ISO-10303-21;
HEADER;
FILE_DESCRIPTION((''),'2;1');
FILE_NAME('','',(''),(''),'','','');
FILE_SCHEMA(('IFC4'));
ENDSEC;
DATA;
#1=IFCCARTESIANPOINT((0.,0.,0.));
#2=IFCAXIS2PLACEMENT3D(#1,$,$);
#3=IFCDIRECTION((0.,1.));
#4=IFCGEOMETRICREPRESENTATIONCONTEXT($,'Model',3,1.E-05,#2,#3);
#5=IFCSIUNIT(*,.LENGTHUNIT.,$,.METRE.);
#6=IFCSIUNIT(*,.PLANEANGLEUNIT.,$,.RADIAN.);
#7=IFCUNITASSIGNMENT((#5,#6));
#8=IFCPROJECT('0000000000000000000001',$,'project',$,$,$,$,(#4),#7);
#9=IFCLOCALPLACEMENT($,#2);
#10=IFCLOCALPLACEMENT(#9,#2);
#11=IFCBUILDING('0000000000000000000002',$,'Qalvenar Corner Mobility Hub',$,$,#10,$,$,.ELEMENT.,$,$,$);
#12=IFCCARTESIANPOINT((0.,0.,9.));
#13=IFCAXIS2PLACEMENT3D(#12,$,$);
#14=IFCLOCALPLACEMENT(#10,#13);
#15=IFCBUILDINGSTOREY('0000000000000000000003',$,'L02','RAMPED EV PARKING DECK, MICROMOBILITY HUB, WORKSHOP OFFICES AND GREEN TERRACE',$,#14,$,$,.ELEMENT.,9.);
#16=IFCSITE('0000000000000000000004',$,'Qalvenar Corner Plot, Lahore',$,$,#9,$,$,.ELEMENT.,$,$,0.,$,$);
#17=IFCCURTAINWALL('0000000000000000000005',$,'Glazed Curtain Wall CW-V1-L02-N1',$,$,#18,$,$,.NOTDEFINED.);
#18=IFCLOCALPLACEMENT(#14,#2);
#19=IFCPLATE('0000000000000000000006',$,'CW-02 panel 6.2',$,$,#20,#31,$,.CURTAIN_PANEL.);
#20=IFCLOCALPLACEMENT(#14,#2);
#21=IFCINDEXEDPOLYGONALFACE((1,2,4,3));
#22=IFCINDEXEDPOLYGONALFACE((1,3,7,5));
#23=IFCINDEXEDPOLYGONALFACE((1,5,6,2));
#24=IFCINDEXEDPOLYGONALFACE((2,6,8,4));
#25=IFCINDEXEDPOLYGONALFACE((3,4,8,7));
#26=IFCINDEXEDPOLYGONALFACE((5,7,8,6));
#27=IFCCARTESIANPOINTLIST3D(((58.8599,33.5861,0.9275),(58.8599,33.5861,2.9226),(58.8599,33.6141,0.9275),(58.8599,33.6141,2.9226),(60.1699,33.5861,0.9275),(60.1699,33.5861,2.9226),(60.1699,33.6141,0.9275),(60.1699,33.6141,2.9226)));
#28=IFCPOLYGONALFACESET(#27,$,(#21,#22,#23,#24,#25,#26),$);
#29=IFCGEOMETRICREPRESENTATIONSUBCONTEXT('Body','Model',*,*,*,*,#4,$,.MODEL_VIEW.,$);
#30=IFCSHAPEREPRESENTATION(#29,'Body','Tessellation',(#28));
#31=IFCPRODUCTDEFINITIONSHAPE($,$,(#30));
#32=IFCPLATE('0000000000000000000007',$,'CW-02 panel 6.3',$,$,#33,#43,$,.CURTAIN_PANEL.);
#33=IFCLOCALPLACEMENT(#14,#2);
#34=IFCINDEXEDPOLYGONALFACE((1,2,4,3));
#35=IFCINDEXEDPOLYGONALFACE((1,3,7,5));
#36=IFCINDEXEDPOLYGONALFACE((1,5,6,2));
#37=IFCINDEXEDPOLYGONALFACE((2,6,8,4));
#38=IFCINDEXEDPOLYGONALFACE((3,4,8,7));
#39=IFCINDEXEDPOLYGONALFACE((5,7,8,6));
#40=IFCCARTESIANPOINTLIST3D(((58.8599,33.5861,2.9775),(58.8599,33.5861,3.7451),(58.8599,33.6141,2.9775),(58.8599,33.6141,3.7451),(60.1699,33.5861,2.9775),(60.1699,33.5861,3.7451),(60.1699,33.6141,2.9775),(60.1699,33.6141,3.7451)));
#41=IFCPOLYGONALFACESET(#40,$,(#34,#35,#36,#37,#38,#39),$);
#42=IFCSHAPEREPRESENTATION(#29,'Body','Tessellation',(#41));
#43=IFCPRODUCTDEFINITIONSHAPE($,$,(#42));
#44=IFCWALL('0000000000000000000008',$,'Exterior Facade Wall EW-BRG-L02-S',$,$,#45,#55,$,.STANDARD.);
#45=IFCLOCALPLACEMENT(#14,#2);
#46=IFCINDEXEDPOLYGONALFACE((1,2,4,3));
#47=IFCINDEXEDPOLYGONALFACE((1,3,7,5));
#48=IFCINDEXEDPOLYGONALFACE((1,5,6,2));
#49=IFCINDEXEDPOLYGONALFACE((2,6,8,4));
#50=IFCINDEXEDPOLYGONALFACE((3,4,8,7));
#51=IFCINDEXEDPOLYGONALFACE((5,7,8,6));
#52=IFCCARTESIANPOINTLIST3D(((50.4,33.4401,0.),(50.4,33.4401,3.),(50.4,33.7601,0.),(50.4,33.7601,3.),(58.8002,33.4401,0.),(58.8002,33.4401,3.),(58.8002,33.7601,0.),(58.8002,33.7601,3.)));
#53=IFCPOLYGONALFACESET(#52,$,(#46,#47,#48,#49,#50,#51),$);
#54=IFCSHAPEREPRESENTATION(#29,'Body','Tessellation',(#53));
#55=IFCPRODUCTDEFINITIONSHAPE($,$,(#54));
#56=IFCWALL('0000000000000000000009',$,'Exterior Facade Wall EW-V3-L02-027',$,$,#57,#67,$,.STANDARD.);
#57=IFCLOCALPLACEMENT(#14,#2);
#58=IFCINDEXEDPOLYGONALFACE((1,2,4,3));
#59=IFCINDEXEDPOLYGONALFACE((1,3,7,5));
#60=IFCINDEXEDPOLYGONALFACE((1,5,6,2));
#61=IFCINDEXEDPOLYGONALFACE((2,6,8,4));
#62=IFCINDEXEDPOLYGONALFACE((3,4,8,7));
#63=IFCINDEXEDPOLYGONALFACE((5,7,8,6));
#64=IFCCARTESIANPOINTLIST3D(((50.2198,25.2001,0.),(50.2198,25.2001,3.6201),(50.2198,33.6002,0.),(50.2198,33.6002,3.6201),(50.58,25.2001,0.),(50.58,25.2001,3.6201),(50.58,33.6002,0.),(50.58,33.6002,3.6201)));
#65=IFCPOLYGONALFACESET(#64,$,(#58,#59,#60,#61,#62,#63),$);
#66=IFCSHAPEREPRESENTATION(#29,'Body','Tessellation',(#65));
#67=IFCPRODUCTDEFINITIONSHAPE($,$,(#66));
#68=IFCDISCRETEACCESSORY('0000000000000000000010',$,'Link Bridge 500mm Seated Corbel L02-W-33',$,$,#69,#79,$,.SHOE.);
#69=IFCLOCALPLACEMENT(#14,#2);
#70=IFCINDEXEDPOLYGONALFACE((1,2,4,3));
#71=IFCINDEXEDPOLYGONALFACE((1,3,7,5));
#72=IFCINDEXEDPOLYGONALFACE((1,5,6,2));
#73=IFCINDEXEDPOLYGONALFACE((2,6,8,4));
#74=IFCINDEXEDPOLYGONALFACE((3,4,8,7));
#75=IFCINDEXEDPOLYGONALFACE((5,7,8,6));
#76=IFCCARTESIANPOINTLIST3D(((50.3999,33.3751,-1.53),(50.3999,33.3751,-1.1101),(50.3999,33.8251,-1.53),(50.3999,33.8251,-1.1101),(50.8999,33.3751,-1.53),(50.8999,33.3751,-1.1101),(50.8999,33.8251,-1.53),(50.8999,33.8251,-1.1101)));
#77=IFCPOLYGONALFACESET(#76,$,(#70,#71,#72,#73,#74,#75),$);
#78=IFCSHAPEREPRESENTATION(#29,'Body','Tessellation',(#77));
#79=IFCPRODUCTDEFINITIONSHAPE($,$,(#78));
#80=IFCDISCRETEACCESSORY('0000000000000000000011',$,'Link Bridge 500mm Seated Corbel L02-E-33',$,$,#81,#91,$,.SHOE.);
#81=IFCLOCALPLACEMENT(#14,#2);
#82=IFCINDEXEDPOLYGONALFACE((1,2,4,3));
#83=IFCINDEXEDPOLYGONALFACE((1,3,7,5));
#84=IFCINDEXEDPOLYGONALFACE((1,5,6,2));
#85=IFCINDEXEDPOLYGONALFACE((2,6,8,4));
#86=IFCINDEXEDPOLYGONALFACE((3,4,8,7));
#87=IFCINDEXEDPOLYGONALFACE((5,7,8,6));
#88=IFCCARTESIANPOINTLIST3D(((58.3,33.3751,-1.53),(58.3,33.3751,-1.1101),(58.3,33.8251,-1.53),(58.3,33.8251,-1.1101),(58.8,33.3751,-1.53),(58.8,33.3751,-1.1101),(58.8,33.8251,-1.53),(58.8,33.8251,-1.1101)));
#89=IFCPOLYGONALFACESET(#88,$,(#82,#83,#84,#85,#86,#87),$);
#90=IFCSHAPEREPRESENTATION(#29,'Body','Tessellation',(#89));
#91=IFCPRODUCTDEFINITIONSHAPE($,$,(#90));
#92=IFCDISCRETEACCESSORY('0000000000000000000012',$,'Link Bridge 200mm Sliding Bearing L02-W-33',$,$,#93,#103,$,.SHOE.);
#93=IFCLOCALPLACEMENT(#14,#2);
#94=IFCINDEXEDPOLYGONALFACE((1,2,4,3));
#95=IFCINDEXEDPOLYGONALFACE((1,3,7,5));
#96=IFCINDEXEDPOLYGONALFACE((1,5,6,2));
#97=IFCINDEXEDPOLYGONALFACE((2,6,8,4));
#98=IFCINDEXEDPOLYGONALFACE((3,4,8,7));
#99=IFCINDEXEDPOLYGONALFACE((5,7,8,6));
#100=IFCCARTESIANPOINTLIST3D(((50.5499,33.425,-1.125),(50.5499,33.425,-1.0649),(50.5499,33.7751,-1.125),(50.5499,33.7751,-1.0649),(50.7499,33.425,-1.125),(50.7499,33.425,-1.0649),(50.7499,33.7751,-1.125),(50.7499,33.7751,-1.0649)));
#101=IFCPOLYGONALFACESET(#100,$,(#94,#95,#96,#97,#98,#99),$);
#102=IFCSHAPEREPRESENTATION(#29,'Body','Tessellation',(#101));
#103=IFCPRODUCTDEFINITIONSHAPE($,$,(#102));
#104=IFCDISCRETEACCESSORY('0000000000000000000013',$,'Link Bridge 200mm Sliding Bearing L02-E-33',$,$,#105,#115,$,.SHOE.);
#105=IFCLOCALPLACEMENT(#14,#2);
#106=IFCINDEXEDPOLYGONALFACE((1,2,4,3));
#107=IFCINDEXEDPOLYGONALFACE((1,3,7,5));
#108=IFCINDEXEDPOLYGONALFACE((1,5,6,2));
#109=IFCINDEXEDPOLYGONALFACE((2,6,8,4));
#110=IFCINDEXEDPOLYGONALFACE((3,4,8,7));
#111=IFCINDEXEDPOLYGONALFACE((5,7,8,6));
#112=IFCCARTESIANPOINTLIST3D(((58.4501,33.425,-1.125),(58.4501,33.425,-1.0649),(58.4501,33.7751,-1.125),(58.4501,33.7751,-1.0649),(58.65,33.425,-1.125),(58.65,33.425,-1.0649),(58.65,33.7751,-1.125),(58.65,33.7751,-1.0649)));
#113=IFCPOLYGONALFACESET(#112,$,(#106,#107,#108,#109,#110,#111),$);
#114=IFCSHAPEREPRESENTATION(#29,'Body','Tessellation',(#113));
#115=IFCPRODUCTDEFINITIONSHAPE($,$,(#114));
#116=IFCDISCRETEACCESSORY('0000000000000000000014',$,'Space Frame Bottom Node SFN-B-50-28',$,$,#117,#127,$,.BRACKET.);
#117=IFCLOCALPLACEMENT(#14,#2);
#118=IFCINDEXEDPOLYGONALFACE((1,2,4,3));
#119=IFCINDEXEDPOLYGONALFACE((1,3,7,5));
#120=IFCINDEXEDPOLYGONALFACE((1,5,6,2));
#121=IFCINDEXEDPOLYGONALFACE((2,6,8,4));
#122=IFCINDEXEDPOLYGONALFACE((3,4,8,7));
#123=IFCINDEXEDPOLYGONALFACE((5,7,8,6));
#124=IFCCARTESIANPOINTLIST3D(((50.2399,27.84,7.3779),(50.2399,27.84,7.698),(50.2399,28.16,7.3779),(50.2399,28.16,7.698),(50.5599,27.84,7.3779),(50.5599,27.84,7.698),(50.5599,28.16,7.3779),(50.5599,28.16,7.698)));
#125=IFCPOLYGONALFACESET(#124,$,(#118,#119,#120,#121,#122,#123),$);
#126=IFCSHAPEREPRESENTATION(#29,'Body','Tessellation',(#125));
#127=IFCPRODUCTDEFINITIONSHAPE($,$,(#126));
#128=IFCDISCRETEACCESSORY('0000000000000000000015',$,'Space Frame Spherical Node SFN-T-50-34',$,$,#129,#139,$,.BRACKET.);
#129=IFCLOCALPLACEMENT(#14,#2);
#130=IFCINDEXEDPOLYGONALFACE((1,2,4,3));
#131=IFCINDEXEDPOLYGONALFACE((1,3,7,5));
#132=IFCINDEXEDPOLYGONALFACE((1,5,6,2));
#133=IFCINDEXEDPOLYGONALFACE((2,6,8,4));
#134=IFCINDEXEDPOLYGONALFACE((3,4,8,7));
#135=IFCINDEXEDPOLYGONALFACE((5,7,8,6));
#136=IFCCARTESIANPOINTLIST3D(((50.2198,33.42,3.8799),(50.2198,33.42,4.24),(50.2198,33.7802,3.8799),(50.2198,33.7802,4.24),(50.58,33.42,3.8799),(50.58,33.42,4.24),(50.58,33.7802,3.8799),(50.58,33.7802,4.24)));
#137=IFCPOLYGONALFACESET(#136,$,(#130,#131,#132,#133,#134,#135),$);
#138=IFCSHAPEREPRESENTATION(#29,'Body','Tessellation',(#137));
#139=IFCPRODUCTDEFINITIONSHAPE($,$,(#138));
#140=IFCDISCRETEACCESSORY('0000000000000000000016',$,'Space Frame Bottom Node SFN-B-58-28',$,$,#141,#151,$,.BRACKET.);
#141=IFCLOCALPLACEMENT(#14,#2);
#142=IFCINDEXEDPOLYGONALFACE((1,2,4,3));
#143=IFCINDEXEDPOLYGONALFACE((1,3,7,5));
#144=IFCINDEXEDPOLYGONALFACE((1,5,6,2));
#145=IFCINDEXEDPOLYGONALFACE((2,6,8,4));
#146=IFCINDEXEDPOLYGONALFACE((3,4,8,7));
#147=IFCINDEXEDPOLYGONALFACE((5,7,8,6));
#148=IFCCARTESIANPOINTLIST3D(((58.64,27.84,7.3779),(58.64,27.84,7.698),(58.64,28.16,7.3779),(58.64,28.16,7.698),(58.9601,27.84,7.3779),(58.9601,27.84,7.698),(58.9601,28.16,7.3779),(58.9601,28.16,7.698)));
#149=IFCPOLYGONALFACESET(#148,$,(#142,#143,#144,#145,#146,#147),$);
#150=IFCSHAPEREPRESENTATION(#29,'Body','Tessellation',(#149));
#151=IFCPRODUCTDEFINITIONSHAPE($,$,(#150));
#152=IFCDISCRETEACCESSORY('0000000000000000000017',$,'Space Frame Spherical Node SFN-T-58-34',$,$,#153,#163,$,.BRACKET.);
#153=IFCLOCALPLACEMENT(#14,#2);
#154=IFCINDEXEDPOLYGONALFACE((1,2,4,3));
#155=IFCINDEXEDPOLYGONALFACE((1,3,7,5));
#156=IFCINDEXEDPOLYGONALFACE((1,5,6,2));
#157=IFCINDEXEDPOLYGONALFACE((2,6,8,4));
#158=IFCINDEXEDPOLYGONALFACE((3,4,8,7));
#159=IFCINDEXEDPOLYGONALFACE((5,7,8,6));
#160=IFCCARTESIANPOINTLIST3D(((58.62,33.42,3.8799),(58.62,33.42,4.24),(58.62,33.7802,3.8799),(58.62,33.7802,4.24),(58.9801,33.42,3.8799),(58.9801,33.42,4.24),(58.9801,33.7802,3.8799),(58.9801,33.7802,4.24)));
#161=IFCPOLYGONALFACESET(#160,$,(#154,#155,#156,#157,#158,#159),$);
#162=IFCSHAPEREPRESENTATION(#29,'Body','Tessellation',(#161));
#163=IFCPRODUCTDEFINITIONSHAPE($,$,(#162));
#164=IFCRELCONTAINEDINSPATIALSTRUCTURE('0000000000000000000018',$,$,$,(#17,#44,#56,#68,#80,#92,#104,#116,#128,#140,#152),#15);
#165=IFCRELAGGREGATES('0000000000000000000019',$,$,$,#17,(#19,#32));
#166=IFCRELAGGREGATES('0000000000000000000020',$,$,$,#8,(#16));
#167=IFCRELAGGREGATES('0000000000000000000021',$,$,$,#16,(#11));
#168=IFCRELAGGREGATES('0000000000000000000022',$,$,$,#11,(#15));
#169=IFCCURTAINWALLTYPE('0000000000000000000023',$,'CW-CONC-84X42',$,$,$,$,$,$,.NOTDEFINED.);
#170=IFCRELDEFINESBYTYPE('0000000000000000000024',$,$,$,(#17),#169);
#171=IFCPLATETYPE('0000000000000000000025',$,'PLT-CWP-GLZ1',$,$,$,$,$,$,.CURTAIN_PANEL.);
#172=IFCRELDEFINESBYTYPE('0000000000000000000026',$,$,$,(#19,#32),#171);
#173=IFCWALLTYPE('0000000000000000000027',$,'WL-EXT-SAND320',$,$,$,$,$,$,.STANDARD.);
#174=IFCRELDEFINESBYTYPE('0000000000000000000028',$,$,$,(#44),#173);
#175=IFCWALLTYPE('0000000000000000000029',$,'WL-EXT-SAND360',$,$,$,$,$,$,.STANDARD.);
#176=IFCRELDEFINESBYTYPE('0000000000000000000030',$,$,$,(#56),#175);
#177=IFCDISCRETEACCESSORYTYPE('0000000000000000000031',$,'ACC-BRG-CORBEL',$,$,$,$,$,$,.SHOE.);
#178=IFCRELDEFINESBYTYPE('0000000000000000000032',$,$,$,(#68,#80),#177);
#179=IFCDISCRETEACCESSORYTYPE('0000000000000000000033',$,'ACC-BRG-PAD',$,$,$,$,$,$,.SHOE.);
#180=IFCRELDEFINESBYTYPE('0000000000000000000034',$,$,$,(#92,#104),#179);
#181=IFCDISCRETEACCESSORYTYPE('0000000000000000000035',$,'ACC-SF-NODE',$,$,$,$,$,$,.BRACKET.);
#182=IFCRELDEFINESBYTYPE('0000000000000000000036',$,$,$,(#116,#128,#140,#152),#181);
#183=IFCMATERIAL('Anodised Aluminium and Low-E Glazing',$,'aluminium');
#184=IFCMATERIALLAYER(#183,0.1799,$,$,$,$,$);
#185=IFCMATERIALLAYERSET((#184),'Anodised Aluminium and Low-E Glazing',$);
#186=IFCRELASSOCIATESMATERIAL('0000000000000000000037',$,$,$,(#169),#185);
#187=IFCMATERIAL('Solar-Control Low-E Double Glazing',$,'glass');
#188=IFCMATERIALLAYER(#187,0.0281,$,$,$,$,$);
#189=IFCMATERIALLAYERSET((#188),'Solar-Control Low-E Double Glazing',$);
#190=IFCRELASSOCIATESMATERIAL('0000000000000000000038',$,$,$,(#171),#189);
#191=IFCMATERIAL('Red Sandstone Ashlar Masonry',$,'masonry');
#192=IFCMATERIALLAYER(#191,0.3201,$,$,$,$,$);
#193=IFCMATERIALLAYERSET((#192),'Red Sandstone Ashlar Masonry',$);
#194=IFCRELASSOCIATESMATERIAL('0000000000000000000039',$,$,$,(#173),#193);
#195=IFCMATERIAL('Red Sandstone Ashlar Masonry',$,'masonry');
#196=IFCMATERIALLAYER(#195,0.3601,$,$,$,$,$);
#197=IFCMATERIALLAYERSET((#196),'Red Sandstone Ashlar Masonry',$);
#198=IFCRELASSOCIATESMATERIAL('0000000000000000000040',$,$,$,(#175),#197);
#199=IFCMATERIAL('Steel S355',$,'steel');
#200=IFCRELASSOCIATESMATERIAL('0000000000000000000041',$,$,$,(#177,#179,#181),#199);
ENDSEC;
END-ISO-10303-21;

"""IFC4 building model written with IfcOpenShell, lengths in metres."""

from ifc_helpers import new_model, si_unit, direction, frame, frame_2d, origin, origin_2d, place, context, subcontext, project, spatial, rectangle, extrude, material, layer, layer_set, type_object, element, aggregate, save


model = new_model("IFC4")

# Units and contexts
model_context = context("Model", 3, precision=1e-05, world=origin(), true_north=direction((0.0, 1.0)))
body_context = subcontext(model_context, "Body", "Model", "MODEL_VIEW")
ifc_project = project(units=[si_unit("LENGTHUNIT", "METRE"), si_unit("PLANEANGLEUNIT", "RADIAN")], contexts=[model_context])

# Site, building, storey
site_placement = place(None, origin())
site = spatial("IfcSite", under=ifc_project, at=site_placement, Name="Qalvenar Corner Plot, Lahore", CompositionType="ELEMENT", RefElevation=0.0)
building_placement = place(site_placement, origin())
building = spatial("IfcBuilding", under=site, at=building_placement, Name="Qalvenar Corner Mobility Hub", CompositionType="ELEMENT")
storey_placement = place(building_placement, frame((0.0, 0.0, 9.0)))
storey = spatial("IfcBuildingStorey", under=building, at=storey_placement, Name="L02", Description="RAMPED EV PARKING DECK, MICROMOBILITY HUB, WORKSHOP OFFICES AND GREEN TERRACE", CompositionType="ELEMENT", Elevation=9.0)

# Shared definitions
ifc_material_1 = material(Name="Steel S355", Category="steel")

# Curtain wall
ifc_material_2 = material(Name="Anodised Aluminium and Low-E Glazing", Category="aluminium")
ifc_layer_1 = layer(ifc_material_2, 0.1799)
ifc_layer_set_1 = layer_set([ifc_layer_1], Name="Anodised Aluminium and Low-E Glazing")
curtain_wall_type = type_object("IfcCurtainWallType", Name="CW-CONC-84X42", PredefinedType="NOTDEFINED", material=ifc_layer_set_1)
curtain_wall_placement = place(storey_placement, origin())
curtain_wall = element("IfcCurtainWall", 1, at=curtain_wall_placement, inside=storey, type_object=curtain_wall_type, Name="Glazed Curtain Wall CW-V1-L02-N1", PredefinedType="NOTDEFINED")

# Plates
ifc_material_3 = material(Name="Solar-Control Low-E Double Glazing", Category="glass")
ifc_layer_2 = layer(ifc_material_3, 0.0281)
ifc_layer_set_2 = layer_set([ifc_layer_2], Name="Solar-Control Low-E Double Glazing")
plate_type_1 = type_object("IfcPlateType", Name="PLT-CWP-GLZ1", PredefinedType="CURTAIN_PANEL", material=ifc_layer_set_2)
plate_1_placement = place(storey_placement, frame((59.5149, 33.6001, 0.9275), z_axis=(0.0, 0.0, 1.0), x_axis=(-1.0, 0.0, 0.0)))
plate_1 = element("IfcPlate", 2, at=plate_1_placement, type_object=plate_type_1, Name="CW-02 panel 6.2", PredefinedType="CURTAIN_PANEL", context=body_context, shape_type="SweptSolid", body=[
    extrude(rectangle(XDim=1.3101, YDim=0.0281, at=origin_2d()), origin(), (0.0, 0.0, 1.0), 1.9951),
])
plate_2_placement = place(storey_placement, frame((59.5149, 33.6001, 2.9775), z_axis=(0.0, 0.0, 1.0), x_axis=(-1.0, 0.0, 0.0)))
plate_2 = element("IfcPlate", 3, at=plate_2_placement, type_object=plate_type_1, Name="CW-02 panel 6.3", PredefinedType="CURTAIN_PANEL", context=body_context, shape_type="SweptSolid", body=[
    extrude(rectangle(XDim=1.3101, YDim=0.0281, at=origin_2d()), origin(), (0.0, 0.0, 1.0), 0.7676),
])
aggregate(curtain_wall, [plate_1, plate_2])

# Walls
ifc_material_4 = material(Name="Red Sandstone Ashlar Masonry", Category="masonry")
ifc_layer_3 = layer(ifc_material_4, 0.3201)
ifc_layer_set_3 = layer_set([ifc_layer_3], Name="Red Sandstone Ashlar Masonry")
wall_type_1 = type_object("IfcWallType", Name="WL-EXT-SAND320", PredefinedType="STANDARD", material=ifc_layer_set_3)
wall_1_placement = place(storey_placement, frame((50.3999, 33.6001, 0.0), z_axis=(0.0, 0.0, 1.0), x_axis=(1.0, 0.0, 0.0)))
element("IfcWall", 4, at=wall_1_placement, inside=storey, type_object=wall_type_1, Name="Exterior Facade Wall EW-BRG-L02-S", PredefinedType="STANDARD", context=body_context, shape_type="SweptSolid", body=[
    extrude(rectangle(XDim=8.4001, YDim=0.3201, at=frame_2d((4.2002, 0.0))), origin(), (0.0, 0.0, 1.0), 3.0),
])
ifc_material_5 = material(Name="Red Sandstone Ashlar Masonry", Category="masonry")
ifc_layer_4 = layer(ifc_material_5, 0.3601)
ifc_layer_set_4 = layer_set([ifc_layer_4], Name="Red Sandstone Ashlar Masonry")
wall_type_2 = type_object("IfcWallType", Name="WL-EXT-SAND360", PredefinedType="STANDARD", material=ifc_layer_set_4)
wall_2_placement = place(storey_placement, frame((50.3999, 25.2, 0.0), z_axis=(0.0, 0.0, 1.0), x_axis=(0.0, 1.0, 0.0)))
element("IfcWall", 5, at=wall_2_placement, inside=storey, type_object=wall_type_2, Name="Exterior Facade Wall EW-V3-L02-027", PredefinedType="STANDARD", context=body_context, shape_type="SweptSolid", body=[
    extrude(rectangle(XDim=8.4001, YDim=0.3601, at=frame_2d((4.2002, 0.0))), origin(), (0.0, 0.0, 1.0), 3.6201),
])

# Discrete accessories
discrete_accessory_type_1 = type_object("IfcDiscreteAccessoryType", Name="ACC-BRG-CORBEL", PredefinedType="SHOE", material=ifc_material_1)
for number, where, z_axis, x_axis, name in (
    (6, (50.6499, 33.6001, -1.53), (0.0, 0.0, 1.0), (1.0, 0.0, 0.0), "Link Bridge 500mm Seated Corbel L02-W-33"),
    (7, (58.55, 33.6001, -1.53), (0.0, 0.0, 1.0), (1.0, 0.0, 0.0), "Link Bridge 500mm Seated Corbel L02-E-33"),
):
    element("IfcDiscreteAccessory", number, at=place(storey_placement, frame(where, z_axis=z_axis, x_axis=x_axis)), inside=storey, type_object=discrete_accessory_type_1, Name=name, PredefinedType="SHOE", context=body_context, shape_type="SweptSolid", body=[
        extrude(rectangle(XDim=0.5, YDim=0.45, at=origin_2d()), origin(), (0.0, 0.0, 1.0), 0.4199),
    ])
discrete_accessory_type_2 = type_object("IfcDiscreteAccessoryType", Name="ACC-BRG-PAD", PredefinedType="SHOE", material=ifc_material_1)
for number, where, z_axis, x_axis, name in (
    (8, (50.6499, 33.6001, -1.125), (0.0, 0.0, 1.0), (1.0, 0.0, 0.0), "Link Bridge 200mm Sliding Bearing L02-W-33"),
    (9, (58.55, 33.6001, -1.125), (0.0, 0.0, 1.0), (1.0, 0.0, 0.0), "Link Bridge 200mm Sliding Bearing L02-E-33"),
):
    element("IfcDiscreteAccessory", number, at=place(storey_placement, frame(where, z_axis=z_axis, x_axis=x_axis)), inside=storey, type_object=discrete_accessory_type_2, Name=name, PredefinedType="SHOE", context=body_context, shape_type="SweptSolid", body=[
        extrude(rectangle(XDim=0.2, YDim=0.3501, at=origin_2d()), origin(), (0.0, 0.0, 1.0), 0.0601),
    ])
discrete_accessory_type_3 = type_object("IfcDiscreteAccessoryType", Name="ACC-SF-NODE", PredefinedType="BRACKET", material=ifc_material_1)
discrete_accessory_1_placement = place(storey_placement, frame((50.3999, 28.0, 7.3779), z_axis=(0.0, 0.0, 1.0), x_axis=(1.0, 0.0, 0.0)))
element("IfcDiscreteAccessory", 10, at=discrete_accessory_1_placement, inside=storey, type_object=discrete_accessory_type_3, Name="Space Frame Bottom Node SFN-B-50-28", PredefinedType="BRACKET", context=body_context, shape_type="SweptSolid", body=[
    extrude(rectangle(XDim=0.3201, YDim=0.3201, at=origin_2d()), origin(), (0.0, 0.0, 1.0), 0.3201),
])
discrete_accessory_2_placement = place(storey_placement, frame((50.3999, 33.6001, 3.8799), z_axis=(0.0, 0.0, 1.0), x_axis=(1.0, 0.0, 0.0)))
element("IfcDiscreteAccessory", 11, at=discrete_accessory_2_placement, inside=storey, type_object=discrete_accessory_type_3, Name="Space Frame Spherical Node SFN-T-50-34", PredefinedType="BRACKET", context=body_context, shape_type="SweptSolid", body=[
    extrude(rectangle(XDim=0.3601, YDim=0.3601, at=origin_2d()), origin(), (0.0, 0.0, 1.0), 0.3601),
])
discrete_accessory_3_placement = place(storey_placement, frame((58.8, 28.0, 7.3779), z_axis=(0.0, 0.0, 1.0), x_axis=(1.0, 0.0, 0.0)))
element("IfcDiscreteAccessory", 12, at=discrete_accessory_3_placement, inside=storey, type_object=discrete_accessory_type_3, Name="Space Frame Bottom Node SFN-B-58-28", PredefinedType="BRACKET", context=body_context, shape_type="SweptSolid", body=[
    extrude(rectangle(XDim=0.3201, YDim=0.3201, at=origin_2d()), origin(), (0.0, 0.0, 1.0), 0.3201),
])
discrete_accessory_4_placement = place(storey_placement, frame((58.8, 33.6001, 3.8799), z_axis=(0.0, 0.0, 1.0), x_axis=(1.0, 0.0, 0.0)))
element("IfcDiscreteAccessory", 13, at=discrete_accessory_4_placement, inside=storey, type_object=discrete_accessory_type_3, Name="Space Frame Spherical Node SFN-T-58-34", PredefinedType="BRACKET", context=body_context, shape_type="SweptSolid", body=[
    extrude(rectangle(XDim=0.3601, YDim=0.3601, at=origin_2d()), origin(), (0.0, 0.0, 1.0), 0.3601),
])

save(model, "model.ifc")
